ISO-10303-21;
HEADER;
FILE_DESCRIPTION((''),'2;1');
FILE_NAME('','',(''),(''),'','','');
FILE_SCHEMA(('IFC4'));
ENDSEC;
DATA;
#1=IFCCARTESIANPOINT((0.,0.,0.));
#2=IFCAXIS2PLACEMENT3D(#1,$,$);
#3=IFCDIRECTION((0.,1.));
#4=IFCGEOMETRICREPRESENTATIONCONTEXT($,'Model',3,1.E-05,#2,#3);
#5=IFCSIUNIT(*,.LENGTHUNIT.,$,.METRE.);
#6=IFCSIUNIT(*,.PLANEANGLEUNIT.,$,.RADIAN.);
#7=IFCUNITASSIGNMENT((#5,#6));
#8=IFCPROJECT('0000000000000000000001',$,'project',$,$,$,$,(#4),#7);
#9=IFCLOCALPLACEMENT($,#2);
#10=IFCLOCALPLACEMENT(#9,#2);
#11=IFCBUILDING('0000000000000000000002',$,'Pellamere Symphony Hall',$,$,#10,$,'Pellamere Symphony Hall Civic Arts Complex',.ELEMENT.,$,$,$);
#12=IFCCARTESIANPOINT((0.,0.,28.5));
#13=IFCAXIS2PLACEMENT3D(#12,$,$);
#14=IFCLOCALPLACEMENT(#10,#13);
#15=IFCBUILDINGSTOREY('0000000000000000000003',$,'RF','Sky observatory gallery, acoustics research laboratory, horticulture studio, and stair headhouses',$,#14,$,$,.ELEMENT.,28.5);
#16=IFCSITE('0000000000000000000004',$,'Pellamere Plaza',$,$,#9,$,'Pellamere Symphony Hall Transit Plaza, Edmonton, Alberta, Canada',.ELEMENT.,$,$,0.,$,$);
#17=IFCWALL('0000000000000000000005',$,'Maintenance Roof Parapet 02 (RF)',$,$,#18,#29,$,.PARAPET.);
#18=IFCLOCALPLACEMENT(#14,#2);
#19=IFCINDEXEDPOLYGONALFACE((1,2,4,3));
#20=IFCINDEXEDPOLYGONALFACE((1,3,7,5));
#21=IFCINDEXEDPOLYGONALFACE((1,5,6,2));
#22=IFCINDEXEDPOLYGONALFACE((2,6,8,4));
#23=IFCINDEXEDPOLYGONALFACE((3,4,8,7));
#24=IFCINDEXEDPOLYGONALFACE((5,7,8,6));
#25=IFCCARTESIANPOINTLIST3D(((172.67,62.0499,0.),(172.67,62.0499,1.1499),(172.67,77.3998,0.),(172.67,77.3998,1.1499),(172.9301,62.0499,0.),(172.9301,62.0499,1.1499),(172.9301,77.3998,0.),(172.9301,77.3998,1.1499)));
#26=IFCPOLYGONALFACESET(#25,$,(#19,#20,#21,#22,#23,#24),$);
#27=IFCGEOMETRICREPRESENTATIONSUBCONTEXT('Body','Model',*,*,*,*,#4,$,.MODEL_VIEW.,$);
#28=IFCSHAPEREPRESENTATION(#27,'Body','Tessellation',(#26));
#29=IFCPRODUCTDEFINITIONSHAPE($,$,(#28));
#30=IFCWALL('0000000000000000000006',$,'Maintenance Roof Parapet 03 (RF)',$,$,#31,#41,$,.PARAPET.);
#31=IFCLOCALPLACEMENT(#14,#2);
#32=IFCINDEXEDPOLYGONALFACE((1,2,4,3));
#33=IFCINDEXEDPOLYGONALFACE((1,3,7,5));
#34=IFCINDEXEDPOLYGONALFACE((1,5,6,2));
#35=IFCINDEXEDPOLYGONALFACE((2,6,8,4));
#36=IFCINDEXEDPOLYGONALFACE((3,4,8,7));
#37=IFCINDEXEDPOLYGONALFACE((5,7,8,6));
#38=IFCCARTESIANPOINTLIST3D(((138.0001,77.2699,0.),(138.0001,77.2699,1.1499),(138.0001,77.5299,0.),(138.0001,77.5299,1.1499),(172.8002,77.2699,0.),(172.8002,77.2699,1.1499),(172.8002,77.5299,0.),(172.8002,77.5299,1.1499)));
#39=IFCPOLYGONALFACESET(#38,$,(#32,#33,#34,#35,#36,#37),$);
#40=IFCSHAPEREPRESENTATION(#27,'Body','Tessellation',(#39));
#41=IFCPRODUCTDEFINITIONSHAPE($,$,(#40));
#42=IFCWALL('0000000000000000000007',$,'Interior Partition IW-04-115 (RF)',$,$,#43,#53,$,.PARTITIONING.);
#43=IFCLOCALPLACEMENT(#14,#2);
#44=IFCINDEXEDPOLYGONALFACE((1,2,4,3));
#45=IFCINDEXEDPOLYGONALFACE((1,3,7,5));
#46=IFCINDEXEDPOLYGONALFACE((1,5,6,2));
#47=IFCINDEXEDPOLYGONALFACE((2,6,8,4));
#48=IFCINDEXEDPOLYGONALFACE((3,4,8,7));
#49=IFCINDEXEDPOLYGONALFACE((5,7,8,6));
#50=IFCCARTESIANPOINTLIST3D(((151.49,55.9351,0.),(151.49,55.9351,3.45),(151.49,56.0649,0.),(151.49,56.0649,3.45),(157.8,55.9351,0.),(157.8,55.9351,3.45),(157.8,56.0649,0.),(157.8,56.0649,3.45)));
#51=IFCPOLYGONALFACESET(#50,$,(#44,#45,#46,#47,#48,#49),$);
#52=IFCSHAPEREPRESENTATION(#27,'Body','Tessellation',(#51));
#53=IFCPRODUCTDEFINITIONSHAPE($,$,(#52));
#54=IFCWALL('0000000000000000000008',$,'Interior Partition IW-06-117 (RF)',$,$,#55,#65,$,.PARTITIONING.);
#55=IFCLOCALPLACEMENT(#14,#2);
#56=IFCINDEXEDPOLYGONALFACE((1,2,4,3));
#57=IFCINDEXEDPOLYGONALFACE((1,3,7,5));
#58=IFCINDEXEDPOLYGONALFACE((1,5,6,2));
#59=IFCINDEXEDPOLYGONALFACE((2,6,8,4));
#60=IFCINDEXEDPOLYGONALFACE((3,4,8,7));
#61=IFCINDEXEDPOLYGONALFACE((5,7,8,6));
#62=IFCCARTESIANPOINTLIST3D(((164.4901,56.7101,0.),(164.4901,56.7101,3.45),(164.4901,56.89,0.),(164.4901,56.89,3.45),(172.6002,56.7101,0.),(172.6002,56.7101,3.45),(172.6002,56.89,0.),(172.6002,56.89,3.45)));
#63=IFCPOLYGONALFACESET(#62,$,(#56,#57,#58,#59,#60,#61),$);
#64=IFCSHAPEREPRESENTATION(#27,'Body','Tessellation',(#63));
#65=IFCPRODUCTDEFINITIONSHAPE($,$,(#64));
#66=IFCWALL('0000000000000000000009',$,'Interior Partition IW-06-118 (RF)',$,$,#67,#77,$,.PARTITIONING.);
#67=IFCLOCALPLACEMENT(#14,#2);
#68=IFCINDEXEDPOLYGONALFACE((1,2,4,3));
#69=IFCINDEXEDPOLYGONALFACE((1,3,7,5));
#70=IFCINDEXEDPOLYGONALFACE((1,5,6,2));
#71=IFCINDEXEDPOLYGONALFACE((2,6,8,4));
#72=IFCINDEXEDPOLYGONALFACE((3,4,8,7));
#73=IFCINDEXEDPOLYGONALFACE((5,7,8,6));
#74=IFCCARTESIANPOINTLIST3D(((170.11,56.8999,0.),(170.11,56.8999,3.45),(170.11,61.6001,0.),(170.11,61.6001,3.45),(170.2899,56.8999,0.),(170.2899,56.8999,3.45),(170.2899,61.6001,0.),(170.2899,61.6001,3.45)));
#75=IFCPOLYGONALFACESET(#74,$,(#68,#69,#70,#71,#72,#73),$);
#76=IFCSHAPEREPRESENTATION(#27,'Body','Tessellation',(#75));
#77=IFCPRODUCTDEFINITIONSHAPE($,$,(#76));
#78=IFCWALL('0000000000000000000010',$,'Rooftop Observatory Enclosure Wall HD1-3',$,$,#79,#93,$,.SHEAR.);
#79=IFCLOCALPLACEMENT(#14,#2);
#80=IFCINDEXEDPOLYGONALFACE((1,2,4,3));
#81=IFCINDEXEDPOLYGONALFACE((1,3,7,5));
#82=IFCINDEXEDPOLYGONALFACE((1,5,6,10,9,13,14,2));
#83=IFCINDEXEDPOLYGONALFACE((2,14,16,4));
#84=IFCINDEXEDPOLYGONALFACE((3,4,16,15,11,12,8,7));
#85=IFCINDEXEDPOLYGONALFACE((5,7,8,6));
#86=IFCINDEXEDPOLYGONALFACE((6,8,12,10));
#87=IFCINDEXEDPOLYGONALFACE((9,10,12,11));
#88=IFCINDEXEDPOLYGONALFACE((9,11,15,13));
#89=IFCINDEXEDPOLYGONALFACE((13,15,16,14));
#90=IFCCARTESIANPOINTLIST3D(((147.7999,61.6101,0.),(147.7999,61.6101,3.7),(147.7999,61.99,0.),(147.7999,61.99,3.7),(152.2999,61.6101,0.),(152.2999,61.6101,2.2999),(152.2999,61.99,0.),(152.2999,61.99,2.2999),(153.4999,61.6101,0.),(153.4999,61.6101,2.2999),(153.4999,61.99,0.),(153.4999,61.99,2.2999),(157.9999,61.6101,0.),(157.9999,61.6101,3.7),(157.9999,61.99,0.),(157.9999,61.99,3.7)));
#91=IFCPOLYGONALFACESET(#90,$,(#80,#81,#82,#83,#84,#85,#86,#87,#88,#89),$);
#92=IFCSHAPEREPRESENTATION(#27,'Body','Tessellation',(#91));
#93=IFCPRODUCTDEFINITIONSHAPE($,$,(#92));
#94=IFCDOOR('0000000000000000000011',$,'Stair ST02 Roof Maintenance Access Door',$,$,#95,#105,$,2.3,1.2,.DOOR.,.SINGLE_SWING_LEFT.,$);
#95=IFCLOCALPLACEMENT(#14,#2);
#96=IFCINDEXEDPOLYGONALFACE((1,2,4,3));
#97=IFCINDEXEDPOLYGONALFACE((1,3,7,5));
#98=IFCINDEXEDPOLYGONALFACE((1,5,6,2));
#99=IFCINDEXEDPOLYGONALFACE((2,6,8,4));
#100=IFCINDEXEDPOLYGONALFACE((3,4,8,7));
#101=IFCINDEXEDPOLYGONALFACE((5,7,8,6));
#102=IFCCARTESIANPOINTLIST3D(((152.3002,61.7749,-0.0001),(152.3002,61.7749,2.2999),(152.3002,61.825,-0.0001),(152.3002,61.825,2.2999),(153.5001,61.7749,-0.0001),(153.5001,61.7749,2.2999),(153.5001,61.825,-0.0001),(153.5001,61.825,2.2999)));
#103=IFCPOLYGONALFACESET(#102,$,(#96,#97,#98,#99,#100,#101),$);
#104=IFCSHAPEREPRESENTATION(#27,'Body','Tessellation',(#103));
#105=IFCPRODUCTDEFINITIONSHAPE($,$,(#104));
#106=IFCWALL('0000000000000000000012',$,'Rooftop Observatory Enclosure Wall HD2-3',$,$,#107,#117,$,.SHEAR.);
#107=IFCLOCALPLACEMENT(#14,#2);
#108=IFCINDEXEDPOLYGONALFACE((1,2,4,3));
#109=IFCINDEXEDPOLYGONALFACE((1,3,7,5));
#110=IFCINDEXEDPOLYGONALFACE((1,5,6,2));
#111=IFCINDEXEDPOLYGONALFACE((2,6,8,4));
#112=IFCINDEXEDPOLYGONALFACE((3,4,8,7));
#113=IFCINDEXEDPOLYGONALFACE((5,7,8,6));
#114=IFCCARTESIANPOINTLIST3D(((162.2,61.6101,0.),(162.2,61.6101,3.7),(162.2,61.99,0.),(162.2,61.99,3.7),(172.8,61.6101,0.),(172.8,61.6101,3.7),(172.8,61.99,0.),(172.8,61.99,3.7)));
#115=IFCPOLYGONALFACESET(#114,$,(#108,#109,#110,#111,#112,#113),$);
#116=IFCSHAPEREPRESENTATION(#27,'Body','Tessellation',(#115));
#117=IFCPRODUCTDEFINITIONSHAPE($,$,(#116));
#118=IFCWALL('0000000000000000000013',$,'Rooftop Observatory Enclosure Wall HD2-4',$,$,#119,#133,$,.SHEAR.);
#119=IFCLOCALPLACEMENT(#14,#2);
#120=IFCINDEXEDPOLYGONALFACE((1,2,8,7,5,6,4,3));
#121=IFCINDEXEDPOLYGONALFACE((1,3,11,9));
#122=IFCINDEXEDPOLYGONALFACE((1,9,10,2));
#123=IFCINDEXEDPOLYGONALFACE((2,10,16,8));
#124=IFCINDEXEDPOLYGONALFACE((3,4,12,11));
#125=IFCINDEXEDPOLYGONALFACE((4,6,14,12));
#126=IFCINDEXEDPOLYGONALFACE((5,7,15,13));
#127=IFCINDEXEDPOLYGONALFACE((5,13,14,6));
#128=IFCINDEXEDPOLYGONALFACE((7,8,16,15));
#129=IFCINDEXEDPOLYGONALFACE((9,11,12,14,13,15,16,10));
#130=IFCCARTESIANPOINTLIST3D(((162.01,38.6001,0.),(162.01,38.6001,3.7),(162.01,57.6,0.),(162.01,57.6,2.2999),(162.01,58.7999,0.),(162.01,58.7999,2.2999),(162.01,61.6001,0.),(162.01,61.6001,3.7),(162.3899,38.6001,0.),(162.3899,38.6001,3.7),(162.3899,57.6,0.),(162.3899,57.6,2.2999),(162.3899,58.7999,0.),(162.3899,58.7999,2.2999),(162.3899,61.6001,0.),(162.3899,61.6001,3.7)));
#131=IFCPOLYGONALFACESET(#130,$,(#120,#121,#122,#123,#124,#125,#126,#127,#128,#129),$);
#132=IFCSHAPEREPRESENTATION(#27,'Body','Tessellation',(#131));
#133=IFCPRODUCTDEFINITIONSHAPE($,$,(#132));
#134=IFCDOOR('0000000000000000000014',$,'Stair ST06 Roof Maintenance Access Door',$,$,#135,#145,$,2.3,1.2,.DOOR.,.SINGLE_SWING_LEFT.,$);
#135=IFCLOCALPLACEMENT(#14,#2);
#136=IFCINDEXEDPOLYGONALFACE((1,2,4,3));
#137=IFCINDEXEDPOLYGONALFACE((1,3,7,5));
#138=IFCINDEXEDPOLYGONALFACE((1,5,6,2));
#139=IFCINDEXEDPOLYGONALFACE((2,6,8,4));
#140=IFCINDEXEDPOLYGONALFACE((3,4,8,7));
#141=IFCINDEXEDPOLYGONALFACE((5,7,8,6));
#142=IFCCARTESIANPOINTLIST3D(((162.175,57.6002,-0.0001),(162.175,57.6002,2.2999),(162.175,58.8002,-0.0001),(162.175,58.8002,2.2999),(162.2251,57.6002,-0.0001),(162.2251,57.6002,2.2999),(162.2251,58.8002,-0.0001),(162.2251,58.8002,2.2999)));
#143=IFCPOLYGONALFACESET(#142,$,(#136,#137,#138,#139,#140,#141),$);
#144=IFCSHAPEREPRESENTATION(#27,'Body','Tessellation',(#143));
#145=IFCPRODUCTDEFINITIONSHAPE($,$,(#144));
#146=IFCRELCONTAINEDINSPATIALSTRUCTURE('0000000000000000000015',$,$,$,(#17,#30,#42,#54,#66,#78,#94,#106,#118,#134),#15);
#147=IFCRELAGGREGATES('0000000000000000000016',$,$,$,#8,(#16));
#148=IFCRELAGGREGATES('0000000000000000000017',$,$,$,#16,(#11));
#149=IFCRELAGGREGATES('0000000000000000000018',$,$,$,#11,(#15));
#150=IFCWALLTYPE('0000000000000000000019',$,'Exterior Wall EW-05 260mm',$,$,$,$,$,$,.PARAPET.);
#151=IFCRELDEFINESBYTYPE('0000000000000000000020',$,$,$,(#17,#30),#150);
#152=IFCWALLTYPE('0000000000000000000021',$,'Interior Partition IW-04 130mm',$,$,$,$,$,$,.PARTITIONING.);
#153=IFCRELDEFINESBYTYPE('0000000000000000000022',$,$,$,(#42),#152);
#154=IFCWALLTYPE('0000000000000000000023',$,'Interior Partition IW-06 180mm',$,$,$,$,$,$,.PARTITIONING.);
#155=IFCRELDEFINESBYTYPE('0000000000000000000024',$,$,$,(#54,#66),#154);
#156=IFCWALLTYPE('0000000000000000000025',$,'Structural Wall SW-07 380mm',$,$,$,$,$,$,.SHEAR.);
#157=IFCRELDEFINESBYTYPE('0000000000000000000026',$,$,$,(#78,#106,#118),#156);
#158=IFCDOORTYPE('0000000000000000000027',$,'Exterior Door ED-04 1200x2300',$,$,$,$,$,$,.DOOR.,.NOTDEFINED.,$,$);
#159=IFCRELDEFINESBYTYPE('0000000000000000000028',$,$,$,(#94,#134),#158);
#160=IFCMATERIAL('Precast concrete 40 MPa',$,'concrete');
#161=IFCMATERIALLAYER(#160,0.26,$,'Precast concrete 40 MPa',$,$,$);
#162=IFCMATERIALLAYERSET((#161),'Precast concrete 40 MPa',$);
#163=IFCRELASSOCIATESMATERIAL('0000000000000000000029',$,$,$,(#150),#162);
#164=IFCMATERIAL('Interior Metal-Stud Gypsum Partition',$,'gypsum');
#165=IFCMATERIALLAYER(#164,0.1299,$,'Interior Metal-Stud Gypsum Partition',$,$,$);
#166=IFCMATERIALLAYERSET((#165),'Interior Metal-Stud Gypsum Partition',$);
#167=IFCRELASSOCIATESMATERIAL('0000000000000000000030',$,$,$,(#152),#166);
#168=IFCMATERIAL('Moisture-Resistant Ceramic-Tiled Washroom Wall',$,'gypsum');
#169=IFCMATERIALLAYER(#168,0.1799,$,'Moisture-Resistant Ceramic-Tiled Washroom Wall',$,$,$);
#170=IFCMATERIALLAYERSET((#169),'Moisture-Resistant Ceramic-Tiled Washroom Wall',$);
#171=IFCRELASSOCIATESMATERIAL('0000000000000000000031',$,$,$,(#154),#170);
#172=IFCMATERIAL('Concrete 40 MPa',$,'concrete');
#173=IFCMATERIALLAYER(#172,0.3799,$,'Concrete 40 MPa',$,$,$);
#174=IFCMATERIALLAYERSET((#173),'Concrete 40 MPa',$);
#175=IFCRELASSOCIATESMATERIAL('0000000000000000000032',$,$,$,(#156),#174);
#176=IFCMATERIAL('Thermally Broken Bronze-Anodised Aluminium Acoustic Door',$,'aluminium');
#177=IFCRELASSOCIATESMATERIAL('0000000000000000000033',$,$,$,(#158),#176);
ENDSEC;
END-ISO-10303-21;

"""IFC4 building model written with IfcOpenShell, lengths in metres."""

from ifc_helpers import new_model, si_unit, direction, frame, frame_2d, origin, place, context, subcontext, project, spatial, rectangle, extrude, material, layer, layer_set, type_object, element, fill, save


model = new_model("IFC4")

# Units and contexts
model_context = context("Model", 3, precision=1e-05, world=origin(), true_north=direction((0.0, 1.0)))
body_context = subcontext(model_context, "Body", "Model", "MODEL_VIEW")
ifc_project = project(units=[si_unit("LENGTHUNIT", "METRE"), si_unit("PLANEANGLEUNIT", "RADIAN")], contexts=[model_context])

# Site, building, storey
site_placement = place(None, origin())
site = spatial("IfcSite", under=ifc_project, at=site_placement, Name="Pellamere Plaza", LongName="Pellamere Symphony Hall Transit Plaza, Edmonton, Alberta, Canada", CompositionType="ELEMENT", RefElevation=0.0)
building_placement = place(site_placement, origin())
building = spatial("IfcBuilding", under=site, at=building_placement, Name="Pellamere Symphony Hall", LongName="Pellamere Symphony Hall Civic Arts Complex", CompositionType="ELEMENT")
storey_placement = place(building_placement, frame((0.0, 0.0, 28.5)))
storey = spatial("IfcBuildingStorey", under=building, at=storey_placement, Name="RF", Description="Sky observatory gallery, acoustics research laboratory, horticulture studio, and stair headhouses", CompositionType="ELEMENT", Elevation=28.5)

# Shared definitions
ifc_material_1 = material(Name="Concrete 40 MPa", Category="concrete")

# Walls
ifc_material_2 = material(Name="Precast concrete 40 MPa", Category="concrete")
ifc_layer_1 = layer(ifc_material_2, 0.26, Name="Precast concrete 40 MPa")
ifc_layer_set_1 = layer_set([ifc_layer_1], Name="Precast concrete 40 MPa")
wall_type_1 = type_object("IfcWallType", Name="Exterior Wall EW-05 260mm", PredefinedType="PARAPET", material=ifc_layer_set_1)
wall_1_placement = place(storey_placement, frame((172.8, 62.05, 0.0), z_axis=(0.0, 0.0, 1.0), x_axis=(0.0, 1.0, 0.0)))
element("IfcWall", 1, at=wall_1_placement, inside=storey, type_object=wall_type_1, Name="Maintenance Roof Parapet 02 (RF)", PredefinedType="PARAPET", context=body_context, shape_type="SweptSolid", body=[
    extrude(rectangle(XDim=15.3499, YDim=0.26, at=frame_2d((7.6748, 0.0))), origin(), (0.0, 0.0, 1.0), 1.1499),
])
wall_2_placement = place(storey_placement, frame((172.8, 77.3999, 0.0), z_axis=(0.0, 0.0, 1.0), x_axis=(-1.0, 0.0, 0.0)))
element("IfcWall", 2, at=wall_2_placement, inside=storey, type_object=wall_type_1, Name="Maintenance Roof Parapet 03 (RF)", PredefinedType="PARAPET", context=body_context, shape_type="SweptSolid", body=[
    extrude(rectangle(XDim=34.8, YDim=0.26, at=frame_2d((17.3999, 0.0))), origin(), (0.0, 0.0, 1.0), 1.1499),
])
ifc_material_3 = material(Name="Interior Metal-Stud Gypsum Partition", Category="gypsum")
ifc_layer_2 = layer(ifc_material_3, 0.1299, Name="Interior Metal-Stud Gypsum Partition")
ifc_layer_set_2 = layer_set([ifc_layer_2], Name="Interior Metal-Stud Gypsum Partition")
wall_type_2 = type_object("IfcWallType", Name="Interior Partition IW-04 130mm", PredefinedType="PARTITIONING", material=ifc_layer_set_2)
wall_3_placement = place(storey_placement, frame((151.49, 56.0, 0.0), z_axis=(0.0, 0.0, 1.0), x_axis=(1.0, 0.0, 0.0)))
element("IfcWall", 3, at=wall_3_placement, inside=storey, type_object=wall_type_2, Name="Interior Partition IW-04-115 (RF)", PredefinedType="PARTITIONING", context=body_context, shape_type="SweptSolid", body=[
    extrude(rectangle(XDim=6.3101, YDim=0.1299, at=frame_2d((3.155, 0.0))), origin(), (0.0, 0.0, 1.0), 3.45),
])
ifc_material_4 = material(Name="Moisture-Resistant Ceramic-Tiled Washroom Wall", Category="gypsum")
ifc_layer_3 = layer(ifc_material_4, 0.1799, Name="Moisture-Resistant Ceramic-Tiled Washroom Wall")
ifc_layer_set_3 = layer_set([ifc_layer_3], Name="Moisture-Resistant Ceramic-Tiled Washroom Wall")
wall_type_3 = type_object("IfcWallType", Name="Interior Partition IW-06 180mm", PredefinedType="PARTITIONING", material=ifc_layer_set_3)
wall_4_placement = place(storey_placement, frame((164.49, 56.8, 0.0), z_axis=(0.0, 0.0, 1.0), x_axis=(1.0, 0.0, 0.0)))
element("IfcWall", 4, at=wall_4_placement, inside=storey, type_object=wall_type_3, Name="Interior Partition IW-06-117 (RF)", PredefinedType="PARTITIONING", context=body_context, shape_type="SweptSolid", body=[
    extrude(rectangle(XDim=8.1101, YDim=0.1799, at=frame_2d((4.0552, 0.0))), origin(), (0.0, 0.0, 1.0), 3.45),
])
wall_5_placement = place(storey_placement, frame((170.2, 56.8999, 0.0), z_axis=(0.0, 0.0, 1.0), x_axis=(0.0, 1.0, 0.0)))
element("IfcWall", 5, at=wall_5_placement, inside=storey, type_object=wall_type_3, Name="Interior Partition IW-06-118 (RF)", PredefinedType="PARTITIONING", context=body_context, shape_type="SweptSolid", body=[
    extrude(rectangle(XDim=4.7002, YDim=0.1799, at=frame_2d((2.3501, 0.0))), origin(), (0.0, 0.0, 1.0), 3.45),
])

# Wall, opening, door
ifc_layer_4 = layer(ifc_material_1, 0.3799, Name="Concrete 40 MPa")
ifc_layer_set_4 = layer_set([ifc_layer_4], Name="Concrete 40 MPa")
wall_type_4 = type_object("IfcWallType", Name="Structural Wall SW-07 380mm", PredefinedType="SHEAR", material=ifc_layer_set_4)
wall_6_placement = place(storey_placement, frame((158.0, 61.8, 0.0), z_axis=(0.0, 0.0, 1.0), x_axis=(-1.0, 0.0, 0.0)))
wall_6 = element("IfcWall", 6, at=wall_6_placement, inside=storey, type_object=wall_type_4, Name="Rooftop Observatory Enclosure Wall HD1-3", PredefinedType="SHEAR", context=body_context, shape_type="SweptSolid", body=[
    extrude(rectangle(XDim=10.2, YDim=0.3799, at=frame_2d((5.1001, 0.0))), origin(), (0.0, 0.0, 1.0), 3.7),
])
opening_1_placement = place(wall_6_placement, frame((4.5, 0.0, 0.0)))
opening_1 = element("IfcOpeningElement", 7, at=opening_1_placement, cuts=wall_6, PredefinedType="OPENING", context=body_context, shape_type="SweptSolid", body=[
    extrude(rectangle(XDim=1.2, YDim=2.3, at=frame_2d((0.6001, 1.1499))), frame((0.0, 0.2, 0.0), z_axis=(0.0, -1.0, 0.0), x_axis=(1.0, 0.0, 0.0)), (0.0, 0.0, 1.0), 0.3999),
])
ifc_material_5 = material(Name="Thermally Broken Bronze-Anodised Aluminium Acoustic Door", Category="aluminium")
door_type = type_object("IfcDoorType", Name="Exterior Door ED-04 1200x2300", OperationType="NOTDEFINED", PredefinedType="DOOR", material=ifc_material_5)
door_1_placement = place(opening_1_placement, frame((1.2, 0.0, 0.0), z_axis=(0.0, 0.0, 1.0), x_axis=(-1.0, 0.0, 0.0)))
door_1 = element("IfcDoor", 8, at=door_1_placement, inside=storey, type_object=door_type, Name="Stair ST02 Roof Maintenance Access Door", OperationType="SINGLE_SWING_LEFT", OverallHeight=2.3, OverallWidth=1.2, PredefinedType="DOOR", context=body_context, shape_type="SweptSolid", body=[
    extrude(rectangle(XDim=1.2, YDim=2.3, at=frame_2d((0.6001, 1.1499))), frame((0.0, 0.0249, 0.0), z_axis=(0.0, -1.0, 0.0), x_axis=(1.0, 0.0, 0.0)), (0.0, 0.0, 1.0), 0.05),
])
fill(opening_1, door_1)

# Wall
wall_7_placement = place(storey_placement, frame((172.8, 61.8, 0.0), z_axis=(0.0, 0.0, 1.0), x_axis=(-1.0, 0.0, 0.0)))
element("IfcWall", 9, at=wall_7_placement, inside=storey, type_object=wall_type_4, Name="Rooftop Observatory Enclosure Wall HD2-3", PredefinedType="SHEAR", context=body_context, shape_type="SweptSolid", body=[
    extrude(rectangle(XDim=10.6001, YDim=0.3799, at=frame_2d((5.3, 0.0))), origin(), (0.0, 0.0, 1.0), 3.7),
])

# Wall, opening, door
wall_8_placement = place(storey_placement, frame((162.2, 61.6001, 0.0), z_axis=(0.0, 0.0, 1.0), x_axis=(0.0, -1.0, 0.0)))
wall_8 = element("IfcWall", 10, at=wall_8_placement, inside=storey, type_object=wall_type_4, Name="Rooftop Observatory Enclosure Wall HD2-4", PredefinedType="SHEAR", context=body_context, shape_type="SweptSolid", body=[
    extrude(rectangle(XDim=23.0, YDim=0.3799, at=frame_2d((11.5, 0.0))), origin(), (0.0, 0.0, 1.0), 3.7),
])
opening_2_placement = place(wall_8_placement, frame((2.8, 0.0, 0.0)))
opening_2 = element("IfcOpeningElement", 11, at=opening_2_placement, cuts=wall_8, PredefinedType="OPENING", context=body_context, shape_type="SweptSolid", body=[
    extrude(rectangle(XDim=1.2, YDim=2.3, at=frame_2d((0.6001, 1.1499))), frame((0.0, 0.2, 0.0), z_axis=(0.0, -1.0, 0.0), x_axis=(1.0, 0.0, 0.0)), (0.0, 0.0, 1.0), 0.3999),
])
door_2_placement = place(opening_2_placement, frame((1.2, 0.0, 0.0), z_axis=(0.0, 0.0, 1.0), x_axis=(-1.0, 0.0, 0.0)))
door_2 = element("IfcDoor", 12, at=door_2_placement, inside=storey, type_object=door_type, Name="Stair ST06 Roof Maintenance Access Door", OperationType="SINGLE_SWING_LEFT", OverallHeight=2.3, OverallWidth=1.2, PredefinedType="DOOR", context=body_context, shape_type="SweptSolid", body=[
    extrude(rectangle(XDim=1.2, YDim=2.3, at=frame_2d((0.6001, 1.1499))), frame((0.0, 0.0249, 0.0), z_axis=(0.0, -1.0, 0.0), x_axis=(1.0, 0.0, 0.0)), (0.0, 0.0, 1.0), 0.05),
])
fill(opening_2, door_2)

save(model, "model.ifc")
